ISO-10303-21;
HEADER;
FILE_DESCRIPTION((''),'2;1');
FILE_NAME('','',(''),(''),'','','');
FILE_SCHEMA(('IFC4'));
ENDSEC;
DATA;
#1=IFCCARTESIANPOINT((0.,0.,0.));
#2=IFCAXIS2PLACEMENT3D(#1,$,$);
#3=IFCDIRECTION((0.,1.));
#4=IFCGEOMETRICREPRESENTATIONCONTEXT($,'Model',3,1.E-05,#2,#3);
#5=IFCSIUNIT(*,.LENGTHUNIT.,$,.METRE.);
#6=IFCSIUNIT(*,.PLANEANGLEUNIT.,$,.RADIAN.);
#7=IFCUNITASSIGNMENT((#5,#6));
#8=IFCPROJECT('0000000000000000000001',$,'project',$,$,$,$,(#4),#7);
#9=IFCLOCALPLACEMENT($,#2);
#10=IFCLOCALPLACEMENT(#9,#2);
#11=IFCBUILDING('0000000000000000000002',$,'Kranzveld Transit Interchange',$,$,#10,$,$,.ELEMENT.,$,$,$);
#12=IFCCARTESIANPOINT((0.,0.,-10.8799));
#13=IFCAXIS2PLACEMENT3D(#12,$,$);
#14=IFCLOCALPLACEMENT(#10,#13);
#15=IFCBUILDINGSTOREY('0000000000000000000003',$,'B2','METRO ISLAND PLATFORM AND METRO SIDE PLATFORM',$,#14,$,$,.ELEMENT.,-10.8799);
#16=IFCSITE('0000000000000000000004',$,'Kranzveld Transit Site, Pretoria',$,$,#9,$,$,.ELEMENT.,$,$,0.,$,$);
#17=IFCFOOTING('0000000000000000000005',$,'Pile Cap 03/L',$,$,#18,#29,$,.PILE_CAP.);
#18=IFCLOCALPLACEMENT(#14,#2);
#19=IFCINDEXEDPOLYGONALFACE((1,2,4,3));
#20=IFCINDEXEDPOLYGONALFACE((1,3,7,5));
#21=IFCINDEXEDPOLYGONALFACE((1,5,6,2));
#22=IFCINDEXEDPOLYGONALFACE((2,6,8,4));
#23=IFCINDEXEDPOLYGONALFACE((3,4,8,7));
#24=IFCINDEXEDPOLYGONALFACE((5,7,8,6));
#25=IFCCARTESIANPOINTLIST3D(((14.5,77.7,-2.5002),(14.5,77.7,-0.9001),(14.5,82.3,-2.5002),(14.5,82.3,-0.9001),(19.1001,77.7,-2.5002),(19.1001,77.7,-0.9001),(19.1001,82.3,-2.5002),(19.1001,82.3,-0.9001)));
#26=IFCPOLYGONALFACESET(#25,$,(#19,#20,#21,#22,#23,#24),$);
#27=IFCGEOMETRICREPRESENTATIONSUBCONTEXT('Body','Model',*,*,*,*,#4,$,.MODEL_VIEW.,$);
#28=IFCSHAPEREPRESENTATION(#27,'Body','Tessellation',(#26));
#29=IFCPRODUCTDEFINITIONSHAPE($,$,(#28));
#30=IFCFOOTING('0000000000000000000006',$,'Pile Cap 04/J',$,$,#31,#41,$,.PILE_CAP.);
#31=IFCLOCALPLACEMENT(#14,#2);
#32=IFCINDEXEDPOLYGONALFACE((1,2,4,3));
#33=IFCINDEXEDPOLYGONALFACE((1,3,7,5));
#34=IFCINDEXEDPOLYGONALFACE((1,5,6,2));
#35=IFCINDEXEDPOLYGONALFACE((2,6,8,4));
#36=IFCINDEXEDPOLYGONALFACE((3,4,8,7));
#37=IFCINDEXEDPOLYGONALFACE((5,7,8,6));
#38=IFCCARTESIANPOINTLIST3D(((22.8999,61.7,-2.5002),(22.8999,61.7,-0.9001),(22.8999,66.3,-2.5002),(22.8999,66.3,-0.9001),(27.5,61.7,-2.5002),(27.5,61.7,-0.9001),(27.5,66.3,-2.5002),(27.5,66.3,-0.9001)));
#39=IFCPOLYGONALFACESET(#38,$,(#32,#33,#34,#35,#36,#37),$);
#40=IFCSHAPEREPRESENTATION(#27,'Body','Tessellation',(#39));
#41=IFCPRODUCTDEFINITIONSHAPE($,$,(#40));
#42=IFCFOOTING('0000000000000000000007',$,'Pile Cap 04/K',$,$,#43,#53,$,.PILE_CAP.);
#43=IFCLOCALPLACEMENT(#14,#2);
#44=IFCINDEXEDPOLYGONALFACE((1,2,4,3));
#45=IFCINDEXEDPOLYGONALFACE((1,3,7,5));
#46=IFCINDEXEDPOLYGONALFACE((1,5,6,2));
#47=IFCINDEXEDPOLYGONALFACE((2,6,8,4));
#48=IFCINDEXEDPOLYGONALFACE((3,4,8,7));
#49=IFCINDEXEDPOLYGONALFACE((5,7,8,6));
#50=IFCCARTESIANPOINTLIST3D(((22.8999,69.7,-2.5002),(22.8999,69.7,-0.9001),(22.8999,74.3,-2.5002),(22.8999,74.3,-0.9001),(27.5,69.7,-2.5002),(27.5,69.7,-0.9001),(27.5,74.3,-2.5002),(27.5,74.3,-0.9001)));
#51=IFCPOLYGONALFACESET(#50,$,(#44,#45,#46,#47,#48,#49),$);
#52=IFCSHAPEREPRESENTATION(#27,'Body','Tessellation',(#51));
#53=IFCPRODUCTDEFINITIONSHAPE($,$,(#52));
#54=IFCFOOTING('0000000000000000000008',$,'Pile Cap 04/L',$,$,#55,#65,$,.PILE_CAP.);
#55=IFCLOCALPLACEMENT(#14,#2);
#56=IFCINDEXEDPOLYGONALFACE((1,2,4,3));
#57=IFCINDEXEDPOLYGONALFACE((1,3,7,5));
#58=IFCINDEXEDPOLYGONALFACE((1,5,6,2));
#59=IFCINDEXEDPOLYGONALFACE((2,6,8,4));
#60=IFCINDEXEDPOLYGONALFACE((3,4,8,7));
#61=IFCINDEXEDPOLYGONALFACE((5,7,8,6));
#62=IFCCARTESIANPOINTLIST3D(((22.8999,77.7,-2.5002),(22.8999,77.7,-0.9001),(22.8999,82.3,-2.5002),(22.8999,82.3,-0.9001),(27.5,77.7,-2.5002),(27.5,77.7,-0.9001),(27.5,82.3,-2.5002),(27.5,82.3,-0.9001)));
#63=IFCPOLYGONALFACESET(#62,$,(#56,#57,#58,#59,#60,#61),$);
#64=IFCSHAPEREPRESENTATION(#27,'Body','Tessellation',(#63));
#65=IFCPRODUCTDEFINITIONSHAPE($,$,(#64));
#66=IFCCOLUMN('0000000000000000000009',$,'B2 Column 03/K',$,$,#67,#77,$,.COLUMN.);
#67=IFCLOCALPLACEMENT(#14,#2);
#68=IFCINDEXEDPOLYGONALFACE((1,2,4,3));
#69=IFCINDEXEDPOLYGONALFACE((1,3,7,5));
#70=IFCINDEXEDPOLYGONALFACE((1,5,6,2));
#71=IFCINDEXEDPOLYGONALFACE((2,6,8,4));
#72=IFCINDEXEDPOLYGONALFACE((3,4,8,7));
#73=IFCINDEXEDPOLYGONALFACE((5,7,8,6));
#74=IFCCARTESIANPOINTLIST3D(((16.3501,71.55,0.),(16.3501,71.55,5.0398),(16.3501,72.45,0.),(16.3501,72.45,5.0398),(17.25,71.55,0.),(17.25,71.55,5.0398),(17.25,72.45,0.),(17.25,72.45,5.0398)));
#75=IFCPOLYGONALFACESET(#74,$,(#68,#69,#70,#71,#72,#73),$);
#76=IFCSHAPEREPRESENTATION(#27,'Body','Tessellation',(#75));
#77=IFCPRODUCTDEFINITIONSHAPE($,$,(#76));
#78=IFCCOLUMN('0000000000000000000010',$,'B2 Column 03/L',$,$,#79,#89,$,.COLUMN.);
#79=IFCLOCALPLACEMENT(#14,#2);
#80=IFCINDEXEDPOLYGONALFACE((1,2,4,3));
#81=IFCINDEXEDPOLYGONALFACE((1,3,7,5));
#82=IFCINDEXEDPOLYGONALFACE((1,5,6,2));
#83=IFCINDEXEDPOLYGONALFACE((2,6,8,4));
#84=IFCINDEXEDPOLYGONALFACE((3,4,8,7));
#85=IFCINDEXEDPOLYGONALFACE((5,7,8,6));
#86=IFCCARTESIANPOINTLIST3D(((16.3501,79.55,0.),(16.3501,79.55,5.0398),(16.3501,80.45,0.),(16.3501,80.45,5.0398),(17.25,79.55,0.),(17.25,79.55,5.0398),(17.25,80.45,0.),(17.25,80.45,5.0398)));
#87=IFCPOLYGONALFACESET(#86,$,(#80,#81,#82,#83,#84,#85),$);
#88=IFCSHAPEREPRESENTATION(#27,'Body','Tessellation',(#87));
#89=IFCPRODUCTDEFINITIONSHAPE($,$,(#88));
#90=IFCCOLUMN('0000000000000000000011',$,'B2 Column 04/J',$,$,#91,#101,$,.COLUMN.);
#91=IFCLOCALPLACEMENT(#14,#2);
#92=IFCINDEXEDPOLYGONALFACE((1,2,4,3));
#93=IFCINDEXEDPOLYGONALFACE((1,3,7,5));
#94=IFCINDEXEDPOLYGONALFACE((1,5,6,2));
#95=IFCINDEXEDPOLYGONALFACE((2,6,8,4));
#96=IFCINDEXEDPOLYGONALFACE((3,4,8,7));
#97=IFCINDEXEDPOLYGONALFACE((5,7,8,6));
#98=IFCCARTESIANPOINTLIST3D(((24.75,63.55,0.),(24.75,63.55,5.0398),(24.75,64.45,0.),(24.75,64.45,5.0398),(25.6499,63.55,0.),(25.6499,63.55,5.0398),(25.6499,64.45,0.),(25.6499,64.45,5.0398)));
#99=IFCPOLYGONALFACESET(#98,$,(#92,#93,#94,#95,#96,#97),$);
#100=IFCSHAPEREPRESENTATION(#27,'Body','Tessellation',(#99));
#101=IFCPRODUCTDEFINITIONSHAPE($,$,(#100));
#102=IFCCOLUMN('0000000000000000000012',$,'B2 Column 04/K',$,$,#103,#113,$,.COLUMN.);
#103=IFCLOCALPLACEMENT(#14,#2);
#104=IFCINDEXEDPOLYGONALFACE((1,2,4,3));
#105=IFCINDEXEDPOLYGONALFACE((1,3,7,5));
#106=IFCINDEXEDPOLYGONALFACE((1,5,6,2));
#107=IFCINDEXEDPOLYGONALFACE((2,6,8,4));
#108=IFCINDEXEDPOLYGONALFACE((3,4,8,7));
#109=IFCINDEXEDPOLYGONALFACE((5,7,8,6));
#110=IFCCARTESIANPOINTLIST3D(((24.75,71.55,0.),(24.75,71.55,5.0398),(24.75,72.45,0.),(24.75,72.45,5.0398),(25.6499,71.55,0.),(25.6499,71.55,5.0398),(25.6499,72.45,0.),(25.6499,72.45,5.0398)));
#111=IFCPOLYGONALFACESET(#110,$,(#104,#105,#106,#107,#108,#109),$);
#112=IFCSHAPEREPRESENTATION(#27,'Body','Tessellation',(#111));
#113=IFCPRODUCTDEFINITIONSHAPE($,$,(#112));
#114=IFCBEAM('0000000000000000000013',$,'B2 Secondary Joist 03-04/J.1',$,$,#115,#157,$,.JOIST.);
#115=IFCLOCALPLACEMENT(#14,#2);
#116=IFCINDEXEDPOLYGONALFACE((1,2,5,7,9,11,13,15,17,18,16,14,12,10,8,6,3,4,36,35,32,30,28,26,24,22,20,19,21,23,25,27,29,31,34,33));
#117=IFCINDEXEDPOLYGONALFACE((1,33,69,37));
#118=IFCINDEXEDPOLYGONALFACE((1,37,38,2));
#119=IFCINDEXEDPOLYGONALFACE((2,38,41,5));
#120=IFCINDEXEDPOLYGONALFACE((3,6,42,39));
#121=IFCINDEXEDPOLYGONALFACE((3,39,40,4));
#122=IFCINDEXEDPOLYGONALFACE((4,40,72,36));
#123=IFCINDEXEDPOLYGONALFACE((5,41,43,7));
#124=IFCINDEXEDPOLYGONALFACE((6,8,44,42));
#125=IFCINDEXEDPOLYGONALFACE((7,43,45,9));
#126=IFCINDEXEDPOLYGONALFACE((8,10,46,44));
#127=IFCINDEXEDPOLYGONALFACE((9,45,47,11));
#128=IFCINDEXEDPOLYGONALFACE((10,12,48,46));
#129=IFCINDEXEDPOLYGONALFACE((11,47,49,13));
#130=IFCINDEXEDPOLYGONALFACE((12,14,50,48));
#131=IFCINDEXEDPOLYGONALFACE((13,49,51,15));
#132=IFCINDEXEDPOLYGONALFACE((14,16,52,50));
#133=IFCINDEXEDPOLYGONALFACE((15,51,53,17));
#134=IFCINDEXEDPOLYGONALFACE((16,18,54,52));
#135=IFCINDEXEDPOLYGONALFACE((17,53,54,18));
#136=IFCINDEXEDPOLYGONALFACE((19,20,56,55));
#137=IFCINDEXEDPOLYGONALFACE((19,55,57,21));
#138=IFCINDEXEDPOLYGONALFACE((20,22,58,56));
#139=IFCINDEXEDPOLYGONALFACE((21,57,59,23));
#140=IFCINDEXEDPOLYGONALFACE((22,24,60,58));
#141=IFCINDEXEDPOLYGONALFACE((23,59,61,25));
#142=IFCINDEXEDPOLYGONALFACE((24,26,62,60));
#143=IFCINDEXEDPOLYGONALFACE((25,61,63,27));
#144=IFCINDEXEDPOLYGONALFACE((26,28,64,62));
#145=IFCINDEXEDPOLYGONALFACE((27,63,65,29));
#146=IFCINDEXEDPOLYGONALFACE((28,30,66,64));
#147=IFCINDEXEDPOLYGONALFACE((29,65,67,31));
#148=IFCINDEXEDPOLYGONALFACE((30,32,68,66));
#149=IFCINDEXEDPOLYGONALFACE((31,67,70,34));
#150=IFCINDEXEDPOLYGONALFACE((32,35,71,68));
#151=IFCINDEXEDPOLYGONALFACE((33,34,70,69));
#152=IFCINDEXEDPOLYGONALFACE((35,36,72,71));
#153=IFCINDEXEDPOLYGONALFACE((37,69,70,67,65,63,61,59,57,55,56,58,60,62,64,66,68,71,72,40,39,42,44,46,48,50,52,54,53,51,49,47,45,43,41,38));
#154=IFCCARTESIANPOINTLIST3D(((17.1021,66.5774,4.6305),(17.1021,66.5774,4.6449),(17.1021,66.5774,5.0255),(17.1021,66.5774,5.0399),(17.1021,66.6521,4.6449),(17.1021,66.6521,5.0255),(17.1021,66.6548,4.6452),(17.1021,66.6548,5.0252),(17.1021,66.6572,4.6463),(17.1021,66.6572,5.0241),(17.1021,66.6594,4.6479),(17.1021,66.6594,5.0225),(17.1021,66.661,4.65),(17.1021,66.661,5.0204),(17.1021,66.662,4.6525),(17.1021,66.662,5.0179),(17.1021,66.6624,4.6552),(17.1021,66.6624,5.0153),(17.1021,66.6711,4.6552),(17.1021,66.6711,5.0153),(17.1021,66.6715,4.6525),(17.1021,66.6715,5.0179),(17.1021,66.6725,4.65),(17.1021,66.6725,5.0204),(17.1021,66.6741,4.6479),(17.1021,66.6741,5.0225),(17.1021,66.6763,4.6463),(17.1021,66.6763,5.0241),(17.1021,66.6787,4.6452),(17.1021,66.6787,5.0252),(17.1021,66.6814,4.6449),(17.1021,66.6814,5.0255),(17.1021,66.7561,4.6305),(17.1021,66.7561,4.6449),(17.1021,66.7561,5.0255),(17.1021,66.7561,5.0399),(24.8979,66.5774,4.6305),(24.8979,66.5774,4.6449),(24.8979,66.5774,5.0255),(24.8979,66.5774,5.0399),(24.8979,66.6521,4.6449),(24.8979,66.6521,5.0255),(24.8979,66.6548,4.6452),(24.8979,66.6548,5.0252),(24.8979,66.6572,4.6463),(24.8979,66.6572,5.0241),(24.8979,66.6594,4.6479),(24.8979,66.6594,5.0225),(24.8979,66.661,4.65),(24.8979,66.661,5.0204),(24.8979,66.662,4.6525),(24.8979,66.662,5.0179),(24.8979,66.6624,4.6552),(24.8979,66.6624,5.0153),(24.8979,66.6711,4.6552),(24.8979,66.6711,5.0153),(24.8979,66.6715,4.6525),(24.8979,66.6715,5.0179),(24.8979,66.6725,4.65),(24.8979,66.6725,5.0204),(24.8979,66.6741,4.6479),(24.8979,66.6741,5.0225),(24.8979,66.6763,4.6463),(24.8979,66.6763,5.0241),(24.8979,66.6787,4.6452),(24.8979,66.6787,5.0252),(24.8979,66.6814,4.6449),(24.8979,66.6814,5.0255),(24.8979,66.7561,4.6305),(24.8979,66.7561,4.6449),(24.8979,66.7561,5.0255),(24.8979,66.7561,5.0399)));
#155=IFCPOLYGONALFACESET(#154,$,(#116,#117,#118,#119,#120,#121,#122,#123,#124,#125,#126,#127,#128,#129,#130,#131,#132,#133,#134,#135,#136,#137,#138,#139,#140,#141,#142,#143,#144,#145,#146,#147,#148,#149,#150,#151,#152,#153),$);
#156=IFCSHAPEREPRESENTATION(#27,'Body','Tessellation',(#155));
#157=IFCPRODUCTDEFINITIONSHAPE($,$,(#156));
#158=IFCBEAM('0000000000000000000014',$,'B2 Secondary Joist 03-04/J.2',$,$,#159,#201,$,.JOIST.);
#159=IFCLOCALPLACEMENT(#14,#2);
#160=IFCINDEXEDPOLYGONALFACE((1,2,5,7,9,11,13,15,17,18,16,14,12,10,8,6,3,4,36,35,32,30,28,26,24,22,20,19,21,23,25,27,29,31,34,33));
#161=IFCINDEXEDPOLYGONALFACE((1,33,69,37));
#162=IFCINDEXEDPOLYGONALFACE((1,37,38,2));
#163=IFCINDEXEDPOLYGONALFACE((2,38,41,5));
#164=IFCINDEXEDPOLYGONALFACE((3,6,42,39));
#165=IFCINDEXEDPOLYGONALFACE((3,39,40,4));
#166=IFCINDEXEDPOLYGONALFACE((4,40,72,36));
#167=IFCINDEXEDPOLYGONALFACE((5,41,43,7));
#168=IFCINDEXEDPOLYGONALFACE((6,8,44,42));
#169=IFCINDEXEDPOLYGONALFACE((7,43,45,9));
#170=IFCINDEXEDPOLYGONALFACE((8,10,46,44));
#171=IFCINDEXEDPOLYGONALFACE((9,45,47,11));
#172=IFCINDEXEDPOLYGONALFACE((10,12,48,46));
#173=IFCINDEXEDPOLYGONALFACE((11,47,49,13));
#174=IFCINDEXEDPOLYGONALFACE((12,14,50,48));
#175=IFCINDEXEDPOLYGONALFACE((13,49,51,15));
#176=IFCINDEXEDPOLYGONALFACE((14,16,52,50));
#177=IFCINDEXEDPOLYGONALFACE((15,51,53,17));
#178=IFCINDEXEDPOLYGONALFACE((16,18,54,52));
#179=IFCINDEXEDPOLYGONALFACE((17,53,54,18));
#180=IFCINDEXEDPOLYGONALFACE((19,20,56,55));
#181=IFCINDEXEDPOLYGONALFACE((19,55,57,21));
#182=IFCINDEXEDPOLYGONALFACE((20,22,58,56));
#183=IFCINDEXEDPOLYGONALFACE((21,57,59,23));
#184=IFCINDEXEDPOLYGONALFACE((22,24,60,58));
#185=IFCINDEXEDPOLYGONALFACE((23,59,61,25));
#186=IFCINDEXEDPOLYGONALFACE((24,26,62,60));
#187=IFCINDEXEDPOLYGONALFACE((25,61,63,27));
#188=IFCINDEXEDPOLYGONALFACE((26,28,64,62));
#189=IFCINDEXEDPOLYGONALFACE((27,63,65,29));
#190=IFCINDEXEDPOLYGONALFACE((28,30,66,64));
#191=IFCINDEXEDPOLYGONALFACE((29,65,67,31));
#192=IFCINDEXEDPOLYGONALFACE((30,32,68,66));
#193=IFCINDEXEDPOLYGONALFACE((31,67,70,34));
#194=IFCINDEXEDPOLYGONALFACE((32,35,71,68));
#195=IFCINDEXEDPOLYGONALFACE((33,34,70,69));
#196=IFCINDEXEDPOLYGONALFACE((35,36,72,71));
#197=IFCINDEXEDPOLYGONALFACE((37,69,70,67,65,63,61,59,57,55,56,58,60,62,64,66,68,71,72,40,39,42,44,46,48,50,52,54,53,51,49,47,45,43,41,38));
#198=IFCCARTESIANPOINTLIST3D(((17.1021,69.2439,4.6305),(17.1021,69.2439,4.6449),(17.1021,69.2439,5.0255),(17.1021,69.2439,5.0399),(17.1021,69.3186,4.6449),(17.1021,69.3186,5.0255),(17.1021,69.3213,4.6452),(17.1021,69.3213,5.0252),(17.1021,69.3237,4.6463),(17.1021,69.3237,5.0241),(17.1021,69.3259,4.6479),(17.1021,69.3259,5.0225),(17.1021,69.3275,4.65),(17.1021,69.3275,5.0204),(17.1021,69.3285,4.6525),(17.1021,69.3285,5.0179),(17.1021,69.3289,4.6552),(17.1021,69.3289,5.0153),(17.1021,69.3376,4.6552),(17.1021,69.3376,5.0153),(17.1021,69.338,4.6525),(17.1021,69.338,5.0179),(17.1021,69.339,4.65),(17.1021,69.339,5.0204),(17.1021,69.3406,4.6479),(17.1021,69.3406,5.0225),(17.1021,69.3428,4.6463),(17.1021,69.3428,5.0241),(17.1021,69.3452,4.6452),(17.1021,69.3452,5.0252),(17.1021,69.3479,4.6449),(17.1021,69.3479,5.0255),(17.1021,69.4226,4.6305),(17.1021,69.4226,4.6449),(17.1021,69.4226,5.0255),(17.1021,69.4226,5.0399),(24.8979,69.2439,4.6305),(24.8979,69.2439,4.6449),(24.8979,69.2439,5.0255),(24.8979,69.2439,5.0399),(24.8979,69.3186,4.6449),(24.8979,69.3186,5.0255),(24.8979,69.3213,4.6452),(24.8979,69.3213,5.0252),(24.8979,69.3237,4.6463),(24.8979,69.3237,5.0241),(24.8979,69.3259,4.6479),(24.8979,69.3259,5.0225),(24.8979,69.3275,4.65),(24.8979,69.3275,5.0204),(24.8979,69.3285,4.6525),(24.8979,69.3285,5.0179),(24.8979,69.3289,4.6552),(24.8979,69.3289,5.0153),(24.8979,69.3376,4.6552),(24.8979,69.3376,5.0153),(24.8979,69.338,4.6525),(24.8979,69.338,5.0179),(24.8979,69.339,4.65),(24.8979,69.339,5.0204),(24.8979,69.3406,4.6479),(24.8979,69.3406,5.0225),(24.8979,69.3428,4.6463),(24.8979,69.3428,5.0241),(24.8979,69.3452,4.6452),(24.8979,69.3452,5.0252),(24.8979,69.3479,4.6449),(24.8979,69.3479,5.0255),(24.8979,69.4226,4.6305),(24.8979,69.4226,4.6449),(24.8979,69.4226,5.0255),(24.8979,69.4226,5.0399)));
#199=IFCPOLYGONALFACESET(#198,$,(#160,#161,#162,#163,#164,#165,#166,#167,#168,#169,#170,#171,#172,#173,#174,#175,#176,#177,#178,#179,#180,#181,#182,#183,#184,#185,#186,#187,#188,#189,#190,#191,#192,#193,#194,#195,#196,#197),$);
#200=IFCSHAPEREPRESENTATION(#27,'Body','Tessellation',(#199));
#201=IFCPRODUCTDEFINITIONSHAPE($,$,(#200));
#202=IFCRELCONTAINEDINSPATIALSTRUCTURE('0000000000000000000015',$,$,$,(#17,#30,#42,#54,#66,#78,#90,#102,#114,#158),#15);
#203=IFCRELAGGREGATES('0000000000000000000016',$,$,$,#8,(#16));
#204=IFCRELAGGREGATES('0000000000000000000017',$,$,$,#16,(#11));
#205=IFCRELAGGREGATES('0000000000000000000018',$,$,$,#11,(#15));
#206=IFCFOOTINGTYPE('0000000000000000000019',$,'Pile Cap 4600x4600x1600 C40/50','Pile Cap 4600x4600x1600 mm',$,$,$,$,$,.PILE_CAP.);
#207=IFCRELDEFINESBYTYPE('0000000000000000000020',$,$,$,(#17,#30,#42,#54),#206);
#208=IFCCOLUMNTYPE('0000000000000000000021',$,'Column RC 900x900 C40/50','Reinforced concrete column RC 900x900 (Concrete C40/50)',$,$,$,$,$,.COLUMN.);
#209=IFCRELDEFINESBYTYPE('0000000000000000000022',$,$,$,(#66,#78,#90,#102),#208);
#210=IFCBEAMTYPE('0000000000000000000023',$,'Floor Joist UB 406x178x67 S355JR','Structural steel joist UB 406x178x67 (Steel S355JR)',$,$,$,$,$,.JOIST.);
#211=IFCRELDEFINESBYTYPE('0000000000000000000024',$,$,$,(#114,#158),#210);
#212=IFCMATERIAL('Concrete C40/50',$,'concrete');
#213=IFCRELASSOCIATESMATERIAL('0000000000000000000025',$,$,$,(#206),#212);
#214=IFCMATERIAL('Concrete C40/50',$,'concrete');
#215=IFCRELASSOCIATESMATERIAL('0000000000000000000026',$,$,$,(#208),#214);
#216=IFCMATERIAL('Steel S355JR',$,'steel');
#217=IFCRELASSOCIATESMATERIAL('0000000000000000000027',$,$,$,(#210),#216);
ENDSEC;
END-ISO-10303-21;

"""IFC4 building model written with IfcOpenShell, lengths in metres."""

from ifc_helpers import new_model, si_unit, direction, frame, origin, origin_2d, place, context, subcontext, project, spatial, rectangle, i_section, extrude, material, material_profile, profile_set, type_object, element, save


model = new_model("IFC4")

# Units and contexts
model_context = context("Model", 3, precision=1e-05, world=origin(), true_north=direction((0.0, 1.0)))
body_context = subcontext(model_context, "Body", "Model", "MODEL_VIEW")
ifc_project = project(units=[si_unit("LENGTHUNIT", "METRE"), si_unit("PLANEANGLEUNIT", "RADIAN")], contexts=[model_context])

# Site, building, storey
site_placement = place(None, origin())
site = spatial("IfcSite", under=ifc_project, at=site_placement, Name="Kranzveld Transit Site, Pretoria", CompositionType="ELEMENT", RefElevation=0.0)
building_placement = place(site_placement, origin())
building = spatial("IfcBuilding", under=site, at=building_placement, Name="Kranzveld Transit Interchange", CompositionType="ELEMENT")
storey_placement = place(building_placement, frame((0.0, 0.0, -10.8799)))
storey = spatial("IfcBuildingStorey", under=building, at=storey_placement, Name="B2", Description="METRO ISLAND PLATFORM AND METRO SIDE PLATFORM", CompositionType="ELEMENT", Elevation=-10.8799)

# Footings
ifc_material_1 = material(Name="Concrete C40/50", Category="concrete")
footing_type = type_object("IfcFootingType", Name="Pile Cap 4600x4600x1600 C40/50", Description="Pile Cap 4600x4600x1600 mm", PredefinedType="PILE_CAP", material=ifc_material_1)
for number, where, z_axis, x_axis, name in (
    (1, (16.8, 80.0, -2.5002), (0.0, 0.0, 1.0), (1.0, 0.0, 0.0), "Pile Cap 03/L"),
    (2, (25.2, 64.0, -2.5002), (0.0, 0.0, 1.0), (1.0, 0.0, 0.0), "Pile Cap 04/J"),
    (3, (25.2, 72.0, -2.5002), (0.0, 0.0, 1.0), (1.0, 0.0, 0.0), "Pile Cap 04/K"),
    (4, (25.2, 80.0, -2.5002), (0.0, 0.0, 1.0), (1.0, 0.0, 0.0), "Pile Cap 04/L"),
):
    element("IfcFooting", number, at=place(storey_placement, frame(where, z_axis=z_axis, x_axis=x_axis)), inside=storey, type_object=footing_type, Name=name, PredefinedType="PILE_CAP", context=body_context, shape_type="SweptSolid", body=[
        extrude(rectangle(XDim=4.6001, YDim=4.6001, at=origin_2d()), origin(), (0.0, 0.0, 1.0), 1.6001),
    ])

# Columns
ifc_material_2 = material(Name="Concrete C40/50", Category="concrete")
ifc_material_profile_1 = material_profile(ifc_material_2, rectangle(XDim=0.8999, YDim=0.8999, at=origin_2d()), Name="RC 900x900")
ifc_profile_set_1 = profile_set([ifc_material_profile_1], Name="Concrete C40/50")
column_type = type_object("IfcColumnType", Name="Column RC 900x900 C40/50", Description="Reinforced concrete column RC 900x900 (Concrete C40/50)", PredefinedType="COLUMN", material=ifc_profile_set_1)
for number, where, z_axis, x_axis, name in (
    (5, (16.8, 72.0, 0.0), (0.0, 0.0, 1.0), (1.0, 0.0, 0.0), "B2 Column 03/K"),
    (6, (16.8, 80.0, 0.0), (0.0, 0.0, 1.0), (1.0, 0.0, 0.0), "B2 Column 03/L"),
    (7, (25.2, 64.0, 0.0), (0.0, 0.0, 1.0), (1.0, 0.0, 0.0), "B2 Column 04/J"),
    (8, (25.2, 72.0, 0.0), (0.0, 0.0, 1.0), (1.0, 0.0, 0.0), "B2 Column 04/K"),
):
    element("IfcColumn", number, at=place(storey_placement, frame(where, z_axis=z_axis, x_axis=x_axis)), inside=storey, type_object=column_type, Name=name, PredefinedType="COLUMN", context=body_context, shape_type="SweptSolid", body=[
        extrude(rectangle(XDim=0.8999, YDim=0.8999, at=origin_2d()), origin(), (0.0, 0.0, 1.0), 5.0398),
    ])

# Beams
ifc_material_3 = material(Name="Steel S355JR", Category="steel")
ifc_material_profile_2 = material_profile(ifc_material_3, i_section(OverallWidth=0.1787, OverallDepth=0.4094, WebThickness=0.0088, FlangeThickness=0.0144, FilletRadius=0.0103, at=origin_2d()), Name="UB 406x178x67")
ifc_profile_set_2 = profile_set([ifc_material_profile_2], Name="Steel S355JR")
beam_type_1 = type_object("IfcBeamType", Name="Floor Joist UB 406x178x67 S355JR", Description="Structural steel joist UB 406x178x67 (Steel S355JR)", PredefinedType="JOIST", material=ifc_profile_set_2)
for number, where, z_axis, x_axis, name in (
    (9, (17.1021, 66.6667, 4.8352), (1.0, 0.0, 0.0), (0.0, 1.0, 0.0), "B2 Secondary Joist 03-04/J.1"),
    (10, (17.1021, 69.3333, 4.8352), (1.0, 0.0, 0.0), (0.0, 1.0, 0.0), "B2 Secondary Joist 03-04/J.2"),
):
    element("IfcBeam", number, at=place(storey_placement, frame(where, z_axis=z_axis, x_axis=x_axis)), inside=storey, type_object=beam_type_1, Name=name, PredefinedType="JOIST", context=body_context, shape_type="SweptSolid", body=[
        extrude(i_section(OverallWidth=0.1787, OverallDepth=0.4094, WebThickness=0.0088, FlangeThickness=0.0144, FilletRadius=0.0103, at=origin_2d()), origin(), (0.0, 0.0, 1.0), 7.7959),
    ])

save(model, "model.ifc")
